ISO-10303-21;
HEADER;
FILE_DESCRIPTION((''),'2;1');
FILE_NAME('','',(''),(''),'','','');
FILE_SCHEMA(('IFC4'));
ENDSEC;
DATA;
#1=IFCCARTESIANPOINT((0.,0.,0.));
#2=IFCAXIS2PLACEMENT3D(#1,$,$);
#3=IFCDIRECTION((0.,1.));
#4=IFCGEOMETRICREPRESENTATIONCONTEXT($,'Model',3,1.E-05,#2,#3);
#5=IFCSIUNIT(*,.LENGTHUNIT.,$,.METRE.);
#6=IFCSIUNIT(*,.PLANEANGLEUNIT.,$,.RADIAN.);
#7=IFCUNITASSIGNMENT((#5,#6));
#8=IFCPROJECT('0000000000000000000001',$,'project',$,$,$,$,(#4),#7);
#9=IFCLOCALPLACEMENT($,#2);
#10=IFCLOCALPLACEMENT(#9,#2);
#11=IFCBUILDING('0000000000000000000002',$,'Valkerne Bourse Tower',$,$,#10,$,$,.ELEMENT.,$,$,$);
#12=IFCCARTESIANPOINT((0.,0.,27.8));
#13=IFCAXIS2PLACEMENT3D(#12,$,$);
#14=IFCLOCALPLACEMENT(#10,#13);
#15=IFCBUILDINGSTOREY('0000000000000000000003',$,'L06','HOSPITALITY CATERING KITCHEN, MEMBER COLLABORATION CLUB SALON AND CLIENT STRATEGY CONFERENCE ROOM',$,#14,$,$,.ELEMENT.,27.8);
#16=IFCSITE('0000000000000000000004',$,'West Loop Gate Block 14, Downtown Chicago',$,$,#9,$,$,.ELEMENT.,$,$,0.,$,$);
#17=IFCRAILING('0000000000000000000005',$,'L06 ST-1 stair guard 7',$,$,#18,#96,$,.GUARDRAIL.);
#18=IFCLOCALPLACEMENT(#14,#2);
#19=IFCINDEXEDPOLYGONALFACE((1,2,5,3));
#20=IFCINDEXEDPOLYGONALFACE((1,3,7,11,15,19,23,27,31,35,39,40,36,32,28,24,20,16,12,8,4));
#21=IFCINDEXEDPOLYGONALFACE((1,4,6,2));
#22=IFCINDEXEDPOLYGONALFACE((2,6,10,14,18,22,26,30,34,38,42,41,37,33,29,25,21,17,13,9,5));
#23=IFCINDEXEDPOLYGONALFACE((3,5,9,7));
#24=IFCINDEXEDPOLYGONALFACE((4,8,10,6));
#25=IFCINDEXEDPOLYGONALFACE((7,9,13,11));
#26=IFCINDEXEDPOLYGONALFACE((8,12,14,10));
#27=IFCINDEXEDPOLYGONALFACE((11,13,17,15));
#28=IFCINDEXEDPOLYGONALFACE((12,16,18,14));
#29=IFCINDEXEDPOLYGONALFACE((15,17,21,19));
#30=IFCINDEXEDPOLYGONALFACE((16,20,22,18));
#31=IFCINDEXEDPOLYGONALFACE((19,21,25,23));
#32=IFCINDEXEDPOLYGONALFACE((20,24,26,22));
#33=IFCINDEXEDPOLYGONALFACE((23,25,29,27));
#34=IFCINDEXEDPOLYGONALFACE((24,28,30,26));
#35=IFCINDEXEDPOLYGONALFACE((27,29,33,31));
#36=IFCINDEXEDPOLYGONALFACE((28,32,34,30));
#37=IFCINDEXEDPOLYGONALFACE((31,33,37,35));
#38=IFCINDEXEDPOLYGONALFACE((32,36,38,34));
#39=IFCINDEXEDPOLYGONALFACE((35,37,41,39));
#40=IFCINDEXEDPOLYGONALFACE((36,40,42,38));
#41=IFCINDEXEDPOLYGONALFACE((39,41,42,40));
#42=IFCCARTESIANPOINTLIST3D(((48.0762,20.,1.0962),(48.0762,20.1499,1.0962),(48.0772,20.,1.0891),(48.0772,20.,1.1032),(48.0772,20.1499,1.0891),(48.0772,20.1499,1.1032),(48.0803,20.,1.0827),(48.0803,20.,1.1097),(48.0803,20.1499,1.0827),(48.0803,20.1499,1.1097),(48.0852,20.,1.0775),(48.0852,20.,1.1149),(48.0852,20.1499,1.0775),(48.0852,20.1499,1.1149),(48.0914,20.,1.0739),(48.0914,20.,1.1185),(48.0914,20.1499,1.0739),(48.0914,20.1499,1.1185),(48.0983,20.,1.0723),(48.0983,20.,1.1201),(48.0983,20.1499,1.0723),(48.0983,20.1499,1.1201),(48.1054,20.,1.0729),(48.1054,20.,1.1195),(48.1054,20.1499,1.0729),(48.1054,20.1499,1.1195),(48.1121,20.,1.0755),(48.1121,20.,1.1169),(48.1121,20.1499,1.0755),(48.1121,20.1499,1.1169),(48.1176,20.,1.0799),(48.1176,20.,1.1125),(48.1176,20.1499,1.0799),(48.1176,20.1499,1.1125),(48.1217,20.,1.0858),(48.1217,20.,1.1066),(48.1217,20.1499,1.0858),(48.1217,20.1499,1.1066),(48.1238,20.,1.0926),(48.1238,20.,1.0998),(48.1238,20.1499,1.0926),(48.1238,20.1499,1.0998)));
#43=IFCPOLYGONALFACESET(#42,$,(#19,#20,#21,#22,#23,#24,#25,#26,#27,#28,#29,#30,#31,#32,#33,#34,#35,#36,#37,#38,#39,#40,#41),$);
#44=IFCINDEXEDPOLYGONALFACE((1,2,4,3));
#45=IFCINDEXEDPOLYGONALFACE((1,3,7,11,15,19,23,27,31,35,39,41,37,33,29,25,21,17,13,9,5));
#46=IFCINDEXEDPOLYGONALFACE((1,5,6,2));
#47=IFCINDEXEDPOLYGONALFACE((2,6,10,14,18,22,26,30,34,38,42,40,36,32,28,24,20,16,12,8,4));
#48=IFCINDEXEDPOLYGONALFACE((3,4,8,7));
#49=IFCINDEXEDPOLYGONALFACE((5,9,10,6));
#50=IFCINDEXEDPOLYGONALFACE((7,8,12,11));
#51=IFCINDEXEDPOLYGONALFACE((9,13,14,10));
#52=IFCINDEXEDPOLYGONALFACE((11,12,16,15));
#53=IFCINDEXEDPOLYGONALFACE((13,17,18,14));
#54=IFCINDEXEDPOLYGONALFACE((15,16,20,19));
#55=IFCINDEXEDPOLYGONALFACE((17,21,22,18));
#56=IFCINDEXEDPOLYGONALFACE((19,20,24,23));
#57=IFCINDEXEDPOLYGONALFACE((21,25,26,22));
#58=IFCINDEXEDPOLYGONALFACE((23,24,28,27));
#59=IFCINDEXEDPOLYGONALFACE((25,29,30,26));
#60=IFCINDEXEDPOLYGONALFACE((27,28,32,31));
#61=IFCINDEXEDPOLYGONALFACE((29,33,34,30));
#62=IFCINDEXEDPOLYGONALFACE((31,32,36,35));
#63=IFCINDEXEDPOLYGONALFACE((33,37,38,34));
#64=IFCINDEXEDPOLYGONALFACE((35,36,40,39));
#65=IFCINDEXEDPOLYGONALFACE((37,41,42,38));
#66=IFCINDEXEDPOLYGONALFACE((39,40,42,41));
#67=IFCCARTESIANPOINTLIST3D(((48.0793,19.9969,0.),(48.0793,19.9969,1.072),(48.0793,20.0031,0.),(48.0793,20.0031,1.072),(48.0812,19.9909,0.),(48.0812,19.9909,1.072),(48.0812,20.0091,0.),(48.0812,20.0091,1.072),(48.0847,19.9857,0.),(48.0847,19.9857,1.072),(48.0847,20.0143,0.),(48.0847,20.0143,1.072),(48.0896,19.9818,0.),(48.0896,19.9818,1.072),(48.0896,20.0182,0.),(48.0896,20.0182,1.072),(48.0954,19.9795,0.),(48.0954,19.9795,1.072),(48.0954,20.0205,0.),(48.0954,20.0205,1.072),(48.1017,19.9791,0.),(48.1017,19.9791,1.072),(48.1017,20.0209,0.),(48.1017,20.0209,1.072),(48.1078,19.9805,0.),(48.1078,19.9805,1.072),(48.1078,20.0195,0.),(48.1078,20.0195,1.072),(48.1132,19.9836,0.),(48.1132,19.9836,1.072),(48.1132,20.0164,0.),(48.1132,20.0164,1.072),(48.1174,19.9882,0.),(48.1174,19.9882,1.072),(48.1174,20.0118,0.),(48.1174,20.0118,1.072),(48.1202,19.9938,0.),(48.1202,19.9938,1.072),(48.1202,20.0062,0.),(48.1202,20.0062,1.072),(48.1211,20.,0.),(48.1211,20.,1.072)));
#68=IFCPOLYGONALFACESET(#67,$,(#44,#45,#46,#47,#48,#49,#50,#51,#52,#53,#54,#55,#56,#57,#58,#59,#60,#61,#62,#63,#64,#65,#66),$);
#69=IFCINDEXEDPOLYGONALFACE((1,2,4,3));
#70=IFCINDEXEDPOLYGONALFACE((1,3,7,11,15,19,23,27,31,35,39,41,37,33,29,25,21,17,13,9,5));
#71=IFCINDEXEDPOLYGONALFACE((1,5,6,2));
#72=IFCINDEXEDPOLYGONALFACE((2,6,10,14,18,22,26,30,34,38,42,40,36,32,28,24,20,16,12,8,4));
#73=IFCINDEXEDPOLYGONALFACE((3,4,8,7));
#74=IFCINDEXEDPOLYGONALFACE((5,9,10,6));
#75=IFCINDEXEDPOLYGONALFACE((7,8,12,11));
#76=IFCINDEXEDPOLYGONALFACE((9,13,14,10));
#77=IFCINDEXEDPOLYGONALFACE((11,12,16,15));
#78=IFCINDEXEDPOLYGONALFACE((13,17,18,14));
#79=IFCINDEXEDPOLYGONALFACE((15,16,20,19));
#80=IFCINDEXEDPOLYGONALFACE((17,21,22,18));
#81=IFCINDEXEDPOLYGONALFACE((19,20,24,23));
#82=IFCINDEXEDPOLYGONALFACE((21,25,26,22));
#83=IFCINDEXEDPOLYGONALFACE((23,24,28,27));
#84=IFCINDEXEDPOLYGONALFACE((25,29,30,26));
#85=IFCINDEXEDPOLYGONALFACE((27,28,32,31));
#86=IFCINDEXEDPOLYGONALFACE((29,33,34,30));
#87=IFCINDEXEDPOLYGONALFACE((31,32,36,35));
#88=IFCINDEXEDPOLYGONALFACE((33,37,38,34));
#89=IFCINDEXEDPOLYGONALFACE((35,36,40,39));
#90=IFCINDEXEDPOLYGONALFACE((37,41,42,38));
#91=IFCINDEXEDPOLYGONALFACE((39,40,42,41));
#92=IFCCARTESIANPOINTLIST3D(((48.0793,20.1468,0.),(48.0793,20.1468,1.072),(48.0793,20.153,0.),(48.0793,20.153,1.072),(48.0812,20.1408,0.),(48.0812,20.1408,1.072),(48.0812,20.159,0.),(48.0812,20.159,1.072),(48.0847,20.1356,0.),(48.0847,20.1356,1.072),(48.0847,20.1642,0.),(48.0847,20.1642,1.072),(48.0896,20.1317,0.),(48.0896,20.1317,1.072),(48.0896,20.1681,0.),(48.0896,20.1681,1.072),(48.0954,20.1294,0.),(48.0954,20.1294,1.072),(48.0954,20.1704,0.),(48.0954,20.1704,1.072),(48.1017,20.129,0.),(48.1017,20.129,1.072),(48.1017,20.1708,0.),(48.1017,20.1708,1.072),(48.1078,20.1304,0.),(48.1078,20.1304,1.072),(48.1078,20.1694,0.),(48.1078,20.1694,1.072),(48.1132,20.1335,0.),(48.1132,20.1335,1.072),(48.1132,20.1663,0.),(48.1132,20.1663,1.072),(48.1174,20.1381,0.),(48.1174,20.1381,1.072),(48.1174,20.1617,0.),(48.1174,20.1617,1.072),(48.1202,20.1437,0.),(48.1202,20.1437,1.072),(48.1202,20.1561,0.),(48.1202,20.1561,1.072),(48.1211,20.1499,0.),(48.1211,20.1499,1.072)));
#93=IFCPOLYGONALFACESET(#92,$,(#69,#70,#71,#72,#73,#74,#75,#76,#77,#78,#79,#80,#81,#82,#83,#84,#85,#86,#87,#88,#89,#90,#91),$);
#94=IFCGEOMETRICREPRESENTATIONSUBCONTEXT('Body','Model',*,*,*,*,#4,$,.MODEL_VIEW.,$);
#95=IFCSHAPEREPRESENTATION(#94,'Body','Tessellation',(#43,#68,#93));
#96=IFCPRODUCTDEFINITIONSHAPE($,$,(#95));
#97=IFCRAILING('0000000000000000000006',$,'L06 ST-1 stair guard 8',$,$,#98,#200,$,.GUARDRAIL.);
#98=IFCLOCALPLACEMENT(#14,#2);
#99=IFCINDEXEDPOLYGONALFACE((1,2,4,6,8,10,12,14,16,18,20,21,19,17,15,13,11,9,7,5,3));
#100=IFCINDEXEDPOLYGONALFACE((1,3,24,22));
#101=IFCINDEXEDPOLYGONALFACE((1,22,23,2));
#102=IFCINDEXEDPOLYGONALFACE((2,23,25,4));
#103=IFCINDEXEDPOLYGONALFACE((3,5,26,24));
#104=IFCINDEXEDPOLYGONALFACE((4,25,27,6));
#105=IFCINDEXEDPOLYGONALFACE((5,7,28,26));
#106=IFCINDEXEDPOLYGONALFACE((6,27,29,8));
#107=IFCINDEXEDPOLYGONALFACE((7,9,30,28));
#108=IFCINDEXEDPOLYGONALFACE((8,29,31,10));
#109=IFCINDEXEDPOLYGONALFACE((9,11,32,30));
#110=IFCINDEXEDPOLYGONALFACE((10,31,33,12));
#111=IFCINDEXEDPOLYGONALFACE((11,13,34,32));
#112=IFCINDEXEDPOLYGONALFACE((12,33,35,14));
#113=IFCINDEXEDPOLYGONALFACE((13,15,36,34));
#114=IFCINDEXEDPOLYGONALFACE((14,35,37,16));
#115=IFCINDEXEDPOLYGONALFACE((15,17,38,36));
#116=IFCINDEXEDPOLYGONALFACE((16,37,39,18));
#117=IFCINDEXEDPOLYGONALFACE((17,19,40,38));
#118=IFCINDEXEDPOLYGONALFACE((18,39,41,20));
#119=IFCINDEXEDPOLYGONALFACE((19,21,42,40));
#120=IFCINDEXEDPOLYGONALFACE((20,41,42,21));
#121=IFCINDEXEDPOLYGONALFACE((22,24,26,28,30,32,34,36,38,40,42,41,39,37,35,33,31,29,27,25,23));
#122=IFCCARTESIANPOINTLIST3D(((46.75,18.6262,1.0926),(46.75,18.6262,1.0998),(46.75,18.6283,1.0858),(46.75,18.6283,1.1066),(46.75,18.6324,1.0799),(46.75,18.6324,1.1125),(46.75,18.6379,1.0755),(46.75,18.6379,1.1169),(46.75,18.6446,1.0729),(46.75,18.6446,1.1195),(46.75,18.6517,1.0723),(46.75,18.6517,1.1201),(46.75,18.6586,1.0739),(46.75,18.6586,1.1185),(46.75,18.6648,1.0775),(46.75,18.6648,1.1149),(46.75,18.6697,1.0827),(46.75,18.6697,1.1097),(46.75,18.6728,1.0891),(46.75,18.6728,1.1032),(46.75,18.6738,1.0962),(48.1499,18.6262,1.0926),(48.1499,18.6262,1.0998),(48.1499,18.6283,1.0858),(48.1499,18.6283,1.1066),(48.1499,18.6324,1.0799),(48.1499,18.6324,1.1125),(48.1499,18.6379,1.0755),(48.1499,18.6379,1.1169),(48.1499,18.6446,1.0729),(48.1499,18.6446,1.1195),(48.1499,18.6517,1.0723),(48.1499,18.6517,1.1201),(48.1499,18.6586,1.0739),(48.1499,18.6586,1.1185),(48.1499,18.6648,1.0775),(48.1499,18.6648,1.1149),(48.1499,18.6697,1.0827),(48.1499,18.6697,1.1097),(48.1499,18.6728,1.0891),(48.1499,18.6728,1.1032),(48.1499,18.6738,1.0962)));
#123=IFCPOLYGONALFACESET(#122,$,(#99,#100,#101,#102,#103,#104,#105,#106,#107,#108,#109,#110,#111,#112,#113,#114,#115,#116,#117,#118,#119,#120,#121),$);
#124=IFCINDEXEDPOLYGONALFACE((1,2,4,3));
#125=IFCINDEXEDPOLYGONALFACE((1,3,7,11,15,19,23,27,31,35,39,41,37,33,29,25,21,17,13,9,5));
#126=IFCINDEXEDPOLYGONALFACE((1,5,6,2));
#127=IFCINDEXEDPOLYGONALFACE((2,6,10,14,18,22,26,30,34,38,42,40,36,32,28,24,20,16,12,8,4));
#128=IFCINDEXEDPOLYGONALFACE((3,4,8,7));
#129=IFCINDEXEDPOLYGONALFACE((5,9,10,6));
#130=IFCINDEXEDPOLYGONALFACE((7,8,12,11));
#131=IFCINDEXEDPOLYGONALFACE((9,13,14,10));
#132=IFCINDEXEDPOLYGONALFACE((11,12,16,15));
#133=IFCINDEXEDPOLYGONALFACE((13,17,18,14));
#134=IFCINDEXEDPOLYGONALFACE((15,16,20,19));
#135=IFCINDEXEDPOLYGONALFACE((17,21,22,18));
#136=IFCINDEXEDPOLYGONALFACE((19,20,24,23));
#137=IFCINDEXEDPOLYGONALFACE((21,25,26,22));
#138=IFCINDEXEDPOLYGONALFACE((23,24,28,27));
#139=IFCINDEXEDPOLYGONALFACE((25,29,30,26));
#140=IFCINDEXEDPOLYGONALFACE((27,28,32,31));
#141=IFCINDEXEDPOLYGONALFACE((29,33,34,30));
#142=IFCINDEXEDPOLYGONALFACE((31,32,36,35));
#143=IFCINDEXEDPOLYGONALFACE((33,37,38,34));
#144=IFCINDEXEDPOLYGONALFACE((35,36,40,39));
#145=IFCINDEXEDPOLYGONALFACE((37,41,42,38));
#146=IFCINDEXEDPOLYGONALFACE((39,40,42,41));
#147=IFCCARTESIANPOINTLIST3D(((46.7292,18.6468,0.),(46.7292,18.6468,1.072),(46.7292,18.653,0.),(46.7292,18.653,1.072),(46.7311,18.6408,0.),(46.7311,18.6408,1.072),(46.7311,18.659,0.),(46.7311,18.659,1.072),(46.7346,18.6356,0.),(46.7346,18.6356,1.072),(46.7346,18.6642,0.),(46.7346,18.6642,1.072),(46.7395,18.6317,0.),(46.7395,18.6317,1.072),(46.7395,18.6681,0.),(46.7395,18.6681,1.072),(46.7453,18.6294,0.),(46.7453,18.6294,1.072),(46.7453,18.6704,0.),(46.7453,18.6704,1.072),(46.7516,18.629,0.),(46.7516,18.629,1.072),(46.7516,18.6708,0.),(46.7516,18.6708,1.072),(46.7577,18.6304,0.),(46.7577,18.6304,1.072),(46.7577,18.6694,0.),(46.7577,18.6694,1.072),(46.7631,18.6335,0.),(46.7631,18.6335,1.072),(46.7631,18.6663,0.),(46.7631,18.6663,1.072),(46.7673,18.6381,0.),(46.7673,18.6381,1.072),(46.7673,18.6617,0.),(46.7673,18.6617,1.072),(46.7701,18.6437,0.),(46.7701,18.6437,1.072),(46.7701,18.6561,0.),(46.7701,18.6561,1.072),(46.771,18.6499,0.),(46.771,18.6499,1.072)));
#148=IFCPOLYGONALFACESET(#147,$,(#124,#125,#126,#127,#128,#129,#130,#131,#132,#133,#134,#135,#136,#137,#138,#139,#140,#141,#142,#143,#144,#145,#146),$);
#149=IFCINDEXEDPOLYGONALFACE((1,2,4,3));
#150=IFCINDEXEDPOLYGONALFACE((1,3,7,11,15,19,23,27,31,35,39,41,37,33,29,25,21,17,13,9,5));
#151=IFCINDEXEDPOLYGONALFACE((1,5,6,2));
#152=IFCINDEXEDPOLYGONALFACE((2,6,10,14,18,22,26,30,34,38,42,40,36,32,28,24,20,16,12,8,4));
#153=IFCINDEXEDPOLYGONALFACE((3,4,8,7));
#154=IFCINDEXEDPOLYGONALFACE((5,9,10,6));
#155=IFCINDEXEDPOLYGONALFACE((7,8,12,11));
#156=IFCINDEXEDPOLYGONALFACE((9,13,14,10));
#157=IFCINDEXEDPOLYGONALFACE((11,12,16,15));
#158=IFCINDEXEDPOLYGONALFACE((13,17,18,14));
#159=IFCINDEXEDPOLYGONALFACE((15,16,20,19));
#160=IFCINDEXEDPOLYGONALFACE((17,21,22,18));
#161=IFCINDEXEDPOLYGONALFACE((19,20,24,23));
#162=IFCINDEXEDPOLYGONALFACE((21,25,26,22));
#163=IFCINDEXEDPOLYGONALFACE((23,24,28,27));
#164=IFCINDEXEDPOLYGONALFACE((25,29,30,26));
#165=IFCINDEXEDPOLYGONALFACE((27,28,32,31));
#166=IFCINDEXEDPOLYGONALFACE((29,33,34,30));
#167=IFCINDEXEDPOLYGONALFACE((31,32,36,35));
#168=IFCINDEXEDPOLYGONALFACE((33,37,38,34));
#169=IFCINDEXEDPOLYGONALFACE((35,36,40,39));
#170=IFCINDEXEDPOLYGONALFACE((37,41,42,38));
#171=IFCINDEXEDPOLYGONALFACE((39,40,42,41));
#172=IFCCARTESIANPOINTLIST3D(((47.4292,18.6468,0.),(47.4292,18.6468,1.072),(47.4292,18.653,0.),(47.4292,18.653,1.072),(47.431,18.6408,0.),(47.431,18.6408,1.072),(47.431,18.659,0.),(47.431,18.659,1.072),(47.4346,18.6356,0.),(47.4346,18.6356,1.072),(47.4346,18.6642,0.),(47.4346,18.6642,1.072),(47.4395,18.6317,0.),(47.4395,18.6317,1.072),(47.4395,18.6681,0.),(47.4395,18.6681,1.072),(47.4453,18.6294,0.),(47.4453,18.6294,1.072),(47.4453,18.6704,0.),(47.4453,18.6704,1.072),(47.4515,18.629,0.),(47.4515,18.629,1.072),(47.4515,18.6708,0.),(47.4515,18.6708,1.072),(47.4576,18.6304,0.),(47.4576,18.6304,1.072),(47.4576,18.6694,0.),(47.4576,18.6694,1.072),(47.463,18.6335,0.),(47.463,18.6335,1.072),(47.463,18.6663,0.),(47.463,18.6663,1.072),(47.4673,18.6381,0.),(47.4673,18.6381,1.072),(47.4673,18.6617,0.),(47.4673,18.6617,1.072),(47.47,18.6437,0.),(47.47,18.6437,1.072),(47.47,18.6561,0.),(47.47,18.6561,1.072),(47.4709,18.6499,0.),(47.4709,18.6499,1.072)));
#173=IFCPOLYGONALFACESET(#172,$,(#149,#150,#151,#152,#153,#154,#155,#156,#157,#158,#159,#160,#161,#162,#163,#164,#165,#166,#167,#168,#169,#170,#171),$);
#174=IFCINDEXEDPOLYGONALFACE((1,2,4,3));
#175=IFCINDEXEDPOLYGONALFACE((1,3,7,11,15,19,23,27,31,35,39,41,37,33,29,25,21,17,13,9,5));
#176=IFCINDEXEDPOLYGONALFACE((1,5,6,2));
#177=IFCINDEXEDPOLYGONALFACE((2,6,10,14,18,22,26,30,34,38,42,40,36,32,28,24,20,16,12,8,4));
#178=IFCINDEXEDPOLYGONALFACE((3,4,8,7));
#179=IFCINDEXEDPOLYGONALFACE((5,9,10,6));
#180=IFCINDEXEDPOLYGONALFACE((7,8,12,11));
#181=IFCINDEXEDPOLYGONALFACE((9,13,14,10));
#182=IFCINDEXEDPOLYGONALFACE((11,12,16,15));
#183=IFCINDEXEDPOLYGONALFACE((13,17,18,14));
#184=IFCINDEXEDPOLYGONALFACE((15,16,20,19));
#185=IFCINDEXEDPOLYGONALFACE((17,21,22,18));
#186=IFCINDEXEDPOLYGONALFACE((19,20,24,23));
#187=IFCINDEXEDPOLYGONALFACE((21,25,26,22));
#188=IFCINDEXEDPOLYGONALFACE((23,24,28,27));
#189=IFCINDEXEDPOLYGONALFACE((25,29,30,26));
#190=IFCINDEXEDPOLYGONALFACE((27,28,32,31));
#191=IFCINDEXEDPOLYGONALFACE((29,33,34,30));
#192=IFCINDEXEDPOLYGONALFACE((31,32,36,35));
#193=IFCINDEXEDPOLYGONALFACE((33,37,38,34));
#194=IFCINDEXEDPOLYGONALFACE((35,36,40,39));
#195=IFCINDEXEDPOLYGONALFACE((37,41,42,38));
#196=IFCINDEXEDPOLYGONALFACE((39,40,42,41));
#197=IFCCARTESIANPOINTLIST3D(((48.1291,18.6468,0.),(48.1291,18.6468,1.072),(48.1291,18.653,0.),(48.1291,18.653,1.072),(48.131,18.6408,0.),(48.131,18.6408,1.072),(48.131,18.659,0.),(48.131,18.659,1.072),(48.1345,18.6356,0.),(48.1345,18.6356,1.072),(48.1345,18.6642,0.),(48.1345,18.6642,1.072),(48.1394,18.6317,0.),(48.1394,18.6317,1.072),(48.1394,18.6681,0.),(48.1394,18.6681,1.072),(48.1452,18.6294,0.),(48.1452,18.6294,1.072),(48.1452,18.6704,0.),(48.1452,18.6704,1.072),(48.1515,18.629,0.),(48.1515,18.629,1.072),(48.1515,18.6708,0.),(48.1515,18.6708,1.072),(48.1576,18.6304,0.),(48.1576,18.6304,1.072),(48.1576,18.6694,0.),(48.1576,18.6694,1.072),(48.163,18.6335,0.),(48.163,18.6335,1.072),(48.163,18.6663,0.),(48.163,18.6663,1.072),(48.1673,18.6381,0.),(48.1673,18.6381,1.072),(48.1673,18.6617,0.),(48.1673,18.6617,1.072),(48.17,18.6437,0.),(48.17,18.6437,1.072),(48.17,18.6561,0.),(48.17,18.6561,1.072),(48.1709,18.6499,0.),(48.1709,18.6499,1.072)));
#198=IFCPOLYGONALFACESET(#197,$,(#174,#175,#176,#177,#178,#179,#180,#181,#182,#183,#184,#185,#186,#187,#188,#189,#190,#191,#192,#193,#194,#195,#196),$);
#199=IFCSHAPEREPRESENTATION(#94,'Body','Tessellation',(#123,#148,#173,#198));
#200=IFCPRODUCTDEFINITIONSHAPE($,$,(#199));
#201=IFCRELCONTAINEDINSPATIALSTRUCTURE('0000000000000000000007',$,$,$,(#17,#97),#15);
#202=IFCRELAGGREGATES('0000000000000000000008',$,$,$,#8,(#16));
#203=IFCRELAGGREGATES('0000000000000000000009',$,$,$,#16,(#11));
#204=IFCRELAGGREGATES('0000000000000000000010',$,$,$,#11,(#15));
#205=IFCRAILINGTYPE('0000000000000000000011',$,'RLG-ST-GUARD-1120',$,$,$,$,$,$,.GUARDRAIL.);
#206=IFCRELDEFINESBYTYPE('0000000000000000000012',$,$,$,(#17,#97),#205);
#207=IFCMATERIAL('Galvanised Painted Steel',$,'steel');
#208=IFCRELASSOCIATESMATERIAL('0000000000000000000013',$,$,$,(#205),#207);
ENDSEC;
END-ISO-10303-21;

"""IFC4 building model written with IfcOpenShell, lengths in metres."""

from ifc_helpers import new_model, si_unit, direction, frame, origin, origin_2d, place, context, subcontext, project, spatial, circle, extrude, material, type_object, element, save


model = new_model("IFC4")

# Units and contexts
model_context = context("Model", 3, precision=1e-05, world=origin(), true_north=direction((0.0, 1.0)))
body_context = subcontext(model_context, "Body", "Model", "MODEL_VIEW")
ifc_project = project(units=[si_unit("LENGTHUNIT", "METRE"), si_unit("PLANEANGLEUNIT", "RADIAN")], contexts=[model_context])

# Site, building, storey
site_placement = place(None, origin())
site = spatial("IfcSite", under=ifc_project, at=site_placement, Name="West Loop Gate Block 14, Downtown Chicago", CompositionType="ELEMENT", RefElevation=0.0)
building_placement = place(site_placement, origin())
building = spatial("IfcBuilding", under=site, at=building_placement, Name="Valkerne Bourse Tower", CompositionType="ELEMENT")
storey_placement = place(building_placement, frame((0.0, 0.0, 27.8)))
storey = spatial("IfcBuildingStorey", under=building, at=storey_placement, Name="L06", Description="HOSPITALITY CATERING KITCHEN, MEMBER COLLABORATION CLUB SALON AND CLIENT STRATEGY CONFERENCE ROOM", CompositionType="ELEMENT", Elevation=27.8)

# Shared definitions
ifc_material_1 = material(Name="Galvanised Painted Steel", Category="steel")

# Railings
railing_type_1 = type_object("IfcRailingType", Name="RLG-ST-GUARD-1120", PredefinedType="GUARDRAIL", material=ifc_material_1)
railing_1_placement = place(storey_placement, frame((48.1001, 20.0, 0.0)))
element("IfcRailing", 1, at=railing_1_placement, inside=storey, type_object=railing_type_1, Name="L06 ST-1 stair guard 7", PredefinedType="GUARDRAIL", context=body_context, shape_type="SweptSolid", body=[
    extrude(circle(Radius=0.0239, at=origin_2d()), frame((0.0, 0.0, 1.0962), z_axis=(0.0, 1.0, 0.0), x_axis=(-1.0, 0.0, 0.0)), (0.0, 0.0, 1.0), 0.1499),
    extrude(circle(Radius=0.021, at=origin_2d()), origin(), (0.0, 0.0, 1.0), 1.072),
    extrude(circle(Radius=0.021, at=origin_2d()), frame((0.0, 0.1499, 0.0)), (0.0, 0.0, 1.0), 1.072),
])
for number, where, name in (
    (2, (46.75, 18.6499, 0.0), "L06 ST-1 stair guard 8"),
):
    element("IfcRailing", number, at=place(storey_placement, frame(where)), inside=storey, type_object=railing_type_1, Name=name, PredefinedType="GUARDRAIL", context=body_context, shape_type="SweptSolid", body=[
        extrude(circle(Radius=0.0239, at=origin_2d()), frame((0.0, 0.0, 1.0962), z_axis=(1.0, 0.0, 0.0), x_axis=(0.0, 1.0, 0.0)), (0.0, 0.0, 1.0), 1.3999),
        extrude(circle(Radius=0.021, at=origin_2d()), origin(), (0.0, 0.0, 1.0), 1.072),
        extrude(circle(Radius=0.021, at=origin_2d()), frame((0.7, 0.0, 0.0)), (0.0, 0.0, 1.0), 1.072),
        extrude(circle(Radius=0.021, at=origin_2d()), frame((1.3999, 0.0, 0.0)), (0.0, 0.0, 1.0), 1.072),
    ])

save(model, "model.ifc")
